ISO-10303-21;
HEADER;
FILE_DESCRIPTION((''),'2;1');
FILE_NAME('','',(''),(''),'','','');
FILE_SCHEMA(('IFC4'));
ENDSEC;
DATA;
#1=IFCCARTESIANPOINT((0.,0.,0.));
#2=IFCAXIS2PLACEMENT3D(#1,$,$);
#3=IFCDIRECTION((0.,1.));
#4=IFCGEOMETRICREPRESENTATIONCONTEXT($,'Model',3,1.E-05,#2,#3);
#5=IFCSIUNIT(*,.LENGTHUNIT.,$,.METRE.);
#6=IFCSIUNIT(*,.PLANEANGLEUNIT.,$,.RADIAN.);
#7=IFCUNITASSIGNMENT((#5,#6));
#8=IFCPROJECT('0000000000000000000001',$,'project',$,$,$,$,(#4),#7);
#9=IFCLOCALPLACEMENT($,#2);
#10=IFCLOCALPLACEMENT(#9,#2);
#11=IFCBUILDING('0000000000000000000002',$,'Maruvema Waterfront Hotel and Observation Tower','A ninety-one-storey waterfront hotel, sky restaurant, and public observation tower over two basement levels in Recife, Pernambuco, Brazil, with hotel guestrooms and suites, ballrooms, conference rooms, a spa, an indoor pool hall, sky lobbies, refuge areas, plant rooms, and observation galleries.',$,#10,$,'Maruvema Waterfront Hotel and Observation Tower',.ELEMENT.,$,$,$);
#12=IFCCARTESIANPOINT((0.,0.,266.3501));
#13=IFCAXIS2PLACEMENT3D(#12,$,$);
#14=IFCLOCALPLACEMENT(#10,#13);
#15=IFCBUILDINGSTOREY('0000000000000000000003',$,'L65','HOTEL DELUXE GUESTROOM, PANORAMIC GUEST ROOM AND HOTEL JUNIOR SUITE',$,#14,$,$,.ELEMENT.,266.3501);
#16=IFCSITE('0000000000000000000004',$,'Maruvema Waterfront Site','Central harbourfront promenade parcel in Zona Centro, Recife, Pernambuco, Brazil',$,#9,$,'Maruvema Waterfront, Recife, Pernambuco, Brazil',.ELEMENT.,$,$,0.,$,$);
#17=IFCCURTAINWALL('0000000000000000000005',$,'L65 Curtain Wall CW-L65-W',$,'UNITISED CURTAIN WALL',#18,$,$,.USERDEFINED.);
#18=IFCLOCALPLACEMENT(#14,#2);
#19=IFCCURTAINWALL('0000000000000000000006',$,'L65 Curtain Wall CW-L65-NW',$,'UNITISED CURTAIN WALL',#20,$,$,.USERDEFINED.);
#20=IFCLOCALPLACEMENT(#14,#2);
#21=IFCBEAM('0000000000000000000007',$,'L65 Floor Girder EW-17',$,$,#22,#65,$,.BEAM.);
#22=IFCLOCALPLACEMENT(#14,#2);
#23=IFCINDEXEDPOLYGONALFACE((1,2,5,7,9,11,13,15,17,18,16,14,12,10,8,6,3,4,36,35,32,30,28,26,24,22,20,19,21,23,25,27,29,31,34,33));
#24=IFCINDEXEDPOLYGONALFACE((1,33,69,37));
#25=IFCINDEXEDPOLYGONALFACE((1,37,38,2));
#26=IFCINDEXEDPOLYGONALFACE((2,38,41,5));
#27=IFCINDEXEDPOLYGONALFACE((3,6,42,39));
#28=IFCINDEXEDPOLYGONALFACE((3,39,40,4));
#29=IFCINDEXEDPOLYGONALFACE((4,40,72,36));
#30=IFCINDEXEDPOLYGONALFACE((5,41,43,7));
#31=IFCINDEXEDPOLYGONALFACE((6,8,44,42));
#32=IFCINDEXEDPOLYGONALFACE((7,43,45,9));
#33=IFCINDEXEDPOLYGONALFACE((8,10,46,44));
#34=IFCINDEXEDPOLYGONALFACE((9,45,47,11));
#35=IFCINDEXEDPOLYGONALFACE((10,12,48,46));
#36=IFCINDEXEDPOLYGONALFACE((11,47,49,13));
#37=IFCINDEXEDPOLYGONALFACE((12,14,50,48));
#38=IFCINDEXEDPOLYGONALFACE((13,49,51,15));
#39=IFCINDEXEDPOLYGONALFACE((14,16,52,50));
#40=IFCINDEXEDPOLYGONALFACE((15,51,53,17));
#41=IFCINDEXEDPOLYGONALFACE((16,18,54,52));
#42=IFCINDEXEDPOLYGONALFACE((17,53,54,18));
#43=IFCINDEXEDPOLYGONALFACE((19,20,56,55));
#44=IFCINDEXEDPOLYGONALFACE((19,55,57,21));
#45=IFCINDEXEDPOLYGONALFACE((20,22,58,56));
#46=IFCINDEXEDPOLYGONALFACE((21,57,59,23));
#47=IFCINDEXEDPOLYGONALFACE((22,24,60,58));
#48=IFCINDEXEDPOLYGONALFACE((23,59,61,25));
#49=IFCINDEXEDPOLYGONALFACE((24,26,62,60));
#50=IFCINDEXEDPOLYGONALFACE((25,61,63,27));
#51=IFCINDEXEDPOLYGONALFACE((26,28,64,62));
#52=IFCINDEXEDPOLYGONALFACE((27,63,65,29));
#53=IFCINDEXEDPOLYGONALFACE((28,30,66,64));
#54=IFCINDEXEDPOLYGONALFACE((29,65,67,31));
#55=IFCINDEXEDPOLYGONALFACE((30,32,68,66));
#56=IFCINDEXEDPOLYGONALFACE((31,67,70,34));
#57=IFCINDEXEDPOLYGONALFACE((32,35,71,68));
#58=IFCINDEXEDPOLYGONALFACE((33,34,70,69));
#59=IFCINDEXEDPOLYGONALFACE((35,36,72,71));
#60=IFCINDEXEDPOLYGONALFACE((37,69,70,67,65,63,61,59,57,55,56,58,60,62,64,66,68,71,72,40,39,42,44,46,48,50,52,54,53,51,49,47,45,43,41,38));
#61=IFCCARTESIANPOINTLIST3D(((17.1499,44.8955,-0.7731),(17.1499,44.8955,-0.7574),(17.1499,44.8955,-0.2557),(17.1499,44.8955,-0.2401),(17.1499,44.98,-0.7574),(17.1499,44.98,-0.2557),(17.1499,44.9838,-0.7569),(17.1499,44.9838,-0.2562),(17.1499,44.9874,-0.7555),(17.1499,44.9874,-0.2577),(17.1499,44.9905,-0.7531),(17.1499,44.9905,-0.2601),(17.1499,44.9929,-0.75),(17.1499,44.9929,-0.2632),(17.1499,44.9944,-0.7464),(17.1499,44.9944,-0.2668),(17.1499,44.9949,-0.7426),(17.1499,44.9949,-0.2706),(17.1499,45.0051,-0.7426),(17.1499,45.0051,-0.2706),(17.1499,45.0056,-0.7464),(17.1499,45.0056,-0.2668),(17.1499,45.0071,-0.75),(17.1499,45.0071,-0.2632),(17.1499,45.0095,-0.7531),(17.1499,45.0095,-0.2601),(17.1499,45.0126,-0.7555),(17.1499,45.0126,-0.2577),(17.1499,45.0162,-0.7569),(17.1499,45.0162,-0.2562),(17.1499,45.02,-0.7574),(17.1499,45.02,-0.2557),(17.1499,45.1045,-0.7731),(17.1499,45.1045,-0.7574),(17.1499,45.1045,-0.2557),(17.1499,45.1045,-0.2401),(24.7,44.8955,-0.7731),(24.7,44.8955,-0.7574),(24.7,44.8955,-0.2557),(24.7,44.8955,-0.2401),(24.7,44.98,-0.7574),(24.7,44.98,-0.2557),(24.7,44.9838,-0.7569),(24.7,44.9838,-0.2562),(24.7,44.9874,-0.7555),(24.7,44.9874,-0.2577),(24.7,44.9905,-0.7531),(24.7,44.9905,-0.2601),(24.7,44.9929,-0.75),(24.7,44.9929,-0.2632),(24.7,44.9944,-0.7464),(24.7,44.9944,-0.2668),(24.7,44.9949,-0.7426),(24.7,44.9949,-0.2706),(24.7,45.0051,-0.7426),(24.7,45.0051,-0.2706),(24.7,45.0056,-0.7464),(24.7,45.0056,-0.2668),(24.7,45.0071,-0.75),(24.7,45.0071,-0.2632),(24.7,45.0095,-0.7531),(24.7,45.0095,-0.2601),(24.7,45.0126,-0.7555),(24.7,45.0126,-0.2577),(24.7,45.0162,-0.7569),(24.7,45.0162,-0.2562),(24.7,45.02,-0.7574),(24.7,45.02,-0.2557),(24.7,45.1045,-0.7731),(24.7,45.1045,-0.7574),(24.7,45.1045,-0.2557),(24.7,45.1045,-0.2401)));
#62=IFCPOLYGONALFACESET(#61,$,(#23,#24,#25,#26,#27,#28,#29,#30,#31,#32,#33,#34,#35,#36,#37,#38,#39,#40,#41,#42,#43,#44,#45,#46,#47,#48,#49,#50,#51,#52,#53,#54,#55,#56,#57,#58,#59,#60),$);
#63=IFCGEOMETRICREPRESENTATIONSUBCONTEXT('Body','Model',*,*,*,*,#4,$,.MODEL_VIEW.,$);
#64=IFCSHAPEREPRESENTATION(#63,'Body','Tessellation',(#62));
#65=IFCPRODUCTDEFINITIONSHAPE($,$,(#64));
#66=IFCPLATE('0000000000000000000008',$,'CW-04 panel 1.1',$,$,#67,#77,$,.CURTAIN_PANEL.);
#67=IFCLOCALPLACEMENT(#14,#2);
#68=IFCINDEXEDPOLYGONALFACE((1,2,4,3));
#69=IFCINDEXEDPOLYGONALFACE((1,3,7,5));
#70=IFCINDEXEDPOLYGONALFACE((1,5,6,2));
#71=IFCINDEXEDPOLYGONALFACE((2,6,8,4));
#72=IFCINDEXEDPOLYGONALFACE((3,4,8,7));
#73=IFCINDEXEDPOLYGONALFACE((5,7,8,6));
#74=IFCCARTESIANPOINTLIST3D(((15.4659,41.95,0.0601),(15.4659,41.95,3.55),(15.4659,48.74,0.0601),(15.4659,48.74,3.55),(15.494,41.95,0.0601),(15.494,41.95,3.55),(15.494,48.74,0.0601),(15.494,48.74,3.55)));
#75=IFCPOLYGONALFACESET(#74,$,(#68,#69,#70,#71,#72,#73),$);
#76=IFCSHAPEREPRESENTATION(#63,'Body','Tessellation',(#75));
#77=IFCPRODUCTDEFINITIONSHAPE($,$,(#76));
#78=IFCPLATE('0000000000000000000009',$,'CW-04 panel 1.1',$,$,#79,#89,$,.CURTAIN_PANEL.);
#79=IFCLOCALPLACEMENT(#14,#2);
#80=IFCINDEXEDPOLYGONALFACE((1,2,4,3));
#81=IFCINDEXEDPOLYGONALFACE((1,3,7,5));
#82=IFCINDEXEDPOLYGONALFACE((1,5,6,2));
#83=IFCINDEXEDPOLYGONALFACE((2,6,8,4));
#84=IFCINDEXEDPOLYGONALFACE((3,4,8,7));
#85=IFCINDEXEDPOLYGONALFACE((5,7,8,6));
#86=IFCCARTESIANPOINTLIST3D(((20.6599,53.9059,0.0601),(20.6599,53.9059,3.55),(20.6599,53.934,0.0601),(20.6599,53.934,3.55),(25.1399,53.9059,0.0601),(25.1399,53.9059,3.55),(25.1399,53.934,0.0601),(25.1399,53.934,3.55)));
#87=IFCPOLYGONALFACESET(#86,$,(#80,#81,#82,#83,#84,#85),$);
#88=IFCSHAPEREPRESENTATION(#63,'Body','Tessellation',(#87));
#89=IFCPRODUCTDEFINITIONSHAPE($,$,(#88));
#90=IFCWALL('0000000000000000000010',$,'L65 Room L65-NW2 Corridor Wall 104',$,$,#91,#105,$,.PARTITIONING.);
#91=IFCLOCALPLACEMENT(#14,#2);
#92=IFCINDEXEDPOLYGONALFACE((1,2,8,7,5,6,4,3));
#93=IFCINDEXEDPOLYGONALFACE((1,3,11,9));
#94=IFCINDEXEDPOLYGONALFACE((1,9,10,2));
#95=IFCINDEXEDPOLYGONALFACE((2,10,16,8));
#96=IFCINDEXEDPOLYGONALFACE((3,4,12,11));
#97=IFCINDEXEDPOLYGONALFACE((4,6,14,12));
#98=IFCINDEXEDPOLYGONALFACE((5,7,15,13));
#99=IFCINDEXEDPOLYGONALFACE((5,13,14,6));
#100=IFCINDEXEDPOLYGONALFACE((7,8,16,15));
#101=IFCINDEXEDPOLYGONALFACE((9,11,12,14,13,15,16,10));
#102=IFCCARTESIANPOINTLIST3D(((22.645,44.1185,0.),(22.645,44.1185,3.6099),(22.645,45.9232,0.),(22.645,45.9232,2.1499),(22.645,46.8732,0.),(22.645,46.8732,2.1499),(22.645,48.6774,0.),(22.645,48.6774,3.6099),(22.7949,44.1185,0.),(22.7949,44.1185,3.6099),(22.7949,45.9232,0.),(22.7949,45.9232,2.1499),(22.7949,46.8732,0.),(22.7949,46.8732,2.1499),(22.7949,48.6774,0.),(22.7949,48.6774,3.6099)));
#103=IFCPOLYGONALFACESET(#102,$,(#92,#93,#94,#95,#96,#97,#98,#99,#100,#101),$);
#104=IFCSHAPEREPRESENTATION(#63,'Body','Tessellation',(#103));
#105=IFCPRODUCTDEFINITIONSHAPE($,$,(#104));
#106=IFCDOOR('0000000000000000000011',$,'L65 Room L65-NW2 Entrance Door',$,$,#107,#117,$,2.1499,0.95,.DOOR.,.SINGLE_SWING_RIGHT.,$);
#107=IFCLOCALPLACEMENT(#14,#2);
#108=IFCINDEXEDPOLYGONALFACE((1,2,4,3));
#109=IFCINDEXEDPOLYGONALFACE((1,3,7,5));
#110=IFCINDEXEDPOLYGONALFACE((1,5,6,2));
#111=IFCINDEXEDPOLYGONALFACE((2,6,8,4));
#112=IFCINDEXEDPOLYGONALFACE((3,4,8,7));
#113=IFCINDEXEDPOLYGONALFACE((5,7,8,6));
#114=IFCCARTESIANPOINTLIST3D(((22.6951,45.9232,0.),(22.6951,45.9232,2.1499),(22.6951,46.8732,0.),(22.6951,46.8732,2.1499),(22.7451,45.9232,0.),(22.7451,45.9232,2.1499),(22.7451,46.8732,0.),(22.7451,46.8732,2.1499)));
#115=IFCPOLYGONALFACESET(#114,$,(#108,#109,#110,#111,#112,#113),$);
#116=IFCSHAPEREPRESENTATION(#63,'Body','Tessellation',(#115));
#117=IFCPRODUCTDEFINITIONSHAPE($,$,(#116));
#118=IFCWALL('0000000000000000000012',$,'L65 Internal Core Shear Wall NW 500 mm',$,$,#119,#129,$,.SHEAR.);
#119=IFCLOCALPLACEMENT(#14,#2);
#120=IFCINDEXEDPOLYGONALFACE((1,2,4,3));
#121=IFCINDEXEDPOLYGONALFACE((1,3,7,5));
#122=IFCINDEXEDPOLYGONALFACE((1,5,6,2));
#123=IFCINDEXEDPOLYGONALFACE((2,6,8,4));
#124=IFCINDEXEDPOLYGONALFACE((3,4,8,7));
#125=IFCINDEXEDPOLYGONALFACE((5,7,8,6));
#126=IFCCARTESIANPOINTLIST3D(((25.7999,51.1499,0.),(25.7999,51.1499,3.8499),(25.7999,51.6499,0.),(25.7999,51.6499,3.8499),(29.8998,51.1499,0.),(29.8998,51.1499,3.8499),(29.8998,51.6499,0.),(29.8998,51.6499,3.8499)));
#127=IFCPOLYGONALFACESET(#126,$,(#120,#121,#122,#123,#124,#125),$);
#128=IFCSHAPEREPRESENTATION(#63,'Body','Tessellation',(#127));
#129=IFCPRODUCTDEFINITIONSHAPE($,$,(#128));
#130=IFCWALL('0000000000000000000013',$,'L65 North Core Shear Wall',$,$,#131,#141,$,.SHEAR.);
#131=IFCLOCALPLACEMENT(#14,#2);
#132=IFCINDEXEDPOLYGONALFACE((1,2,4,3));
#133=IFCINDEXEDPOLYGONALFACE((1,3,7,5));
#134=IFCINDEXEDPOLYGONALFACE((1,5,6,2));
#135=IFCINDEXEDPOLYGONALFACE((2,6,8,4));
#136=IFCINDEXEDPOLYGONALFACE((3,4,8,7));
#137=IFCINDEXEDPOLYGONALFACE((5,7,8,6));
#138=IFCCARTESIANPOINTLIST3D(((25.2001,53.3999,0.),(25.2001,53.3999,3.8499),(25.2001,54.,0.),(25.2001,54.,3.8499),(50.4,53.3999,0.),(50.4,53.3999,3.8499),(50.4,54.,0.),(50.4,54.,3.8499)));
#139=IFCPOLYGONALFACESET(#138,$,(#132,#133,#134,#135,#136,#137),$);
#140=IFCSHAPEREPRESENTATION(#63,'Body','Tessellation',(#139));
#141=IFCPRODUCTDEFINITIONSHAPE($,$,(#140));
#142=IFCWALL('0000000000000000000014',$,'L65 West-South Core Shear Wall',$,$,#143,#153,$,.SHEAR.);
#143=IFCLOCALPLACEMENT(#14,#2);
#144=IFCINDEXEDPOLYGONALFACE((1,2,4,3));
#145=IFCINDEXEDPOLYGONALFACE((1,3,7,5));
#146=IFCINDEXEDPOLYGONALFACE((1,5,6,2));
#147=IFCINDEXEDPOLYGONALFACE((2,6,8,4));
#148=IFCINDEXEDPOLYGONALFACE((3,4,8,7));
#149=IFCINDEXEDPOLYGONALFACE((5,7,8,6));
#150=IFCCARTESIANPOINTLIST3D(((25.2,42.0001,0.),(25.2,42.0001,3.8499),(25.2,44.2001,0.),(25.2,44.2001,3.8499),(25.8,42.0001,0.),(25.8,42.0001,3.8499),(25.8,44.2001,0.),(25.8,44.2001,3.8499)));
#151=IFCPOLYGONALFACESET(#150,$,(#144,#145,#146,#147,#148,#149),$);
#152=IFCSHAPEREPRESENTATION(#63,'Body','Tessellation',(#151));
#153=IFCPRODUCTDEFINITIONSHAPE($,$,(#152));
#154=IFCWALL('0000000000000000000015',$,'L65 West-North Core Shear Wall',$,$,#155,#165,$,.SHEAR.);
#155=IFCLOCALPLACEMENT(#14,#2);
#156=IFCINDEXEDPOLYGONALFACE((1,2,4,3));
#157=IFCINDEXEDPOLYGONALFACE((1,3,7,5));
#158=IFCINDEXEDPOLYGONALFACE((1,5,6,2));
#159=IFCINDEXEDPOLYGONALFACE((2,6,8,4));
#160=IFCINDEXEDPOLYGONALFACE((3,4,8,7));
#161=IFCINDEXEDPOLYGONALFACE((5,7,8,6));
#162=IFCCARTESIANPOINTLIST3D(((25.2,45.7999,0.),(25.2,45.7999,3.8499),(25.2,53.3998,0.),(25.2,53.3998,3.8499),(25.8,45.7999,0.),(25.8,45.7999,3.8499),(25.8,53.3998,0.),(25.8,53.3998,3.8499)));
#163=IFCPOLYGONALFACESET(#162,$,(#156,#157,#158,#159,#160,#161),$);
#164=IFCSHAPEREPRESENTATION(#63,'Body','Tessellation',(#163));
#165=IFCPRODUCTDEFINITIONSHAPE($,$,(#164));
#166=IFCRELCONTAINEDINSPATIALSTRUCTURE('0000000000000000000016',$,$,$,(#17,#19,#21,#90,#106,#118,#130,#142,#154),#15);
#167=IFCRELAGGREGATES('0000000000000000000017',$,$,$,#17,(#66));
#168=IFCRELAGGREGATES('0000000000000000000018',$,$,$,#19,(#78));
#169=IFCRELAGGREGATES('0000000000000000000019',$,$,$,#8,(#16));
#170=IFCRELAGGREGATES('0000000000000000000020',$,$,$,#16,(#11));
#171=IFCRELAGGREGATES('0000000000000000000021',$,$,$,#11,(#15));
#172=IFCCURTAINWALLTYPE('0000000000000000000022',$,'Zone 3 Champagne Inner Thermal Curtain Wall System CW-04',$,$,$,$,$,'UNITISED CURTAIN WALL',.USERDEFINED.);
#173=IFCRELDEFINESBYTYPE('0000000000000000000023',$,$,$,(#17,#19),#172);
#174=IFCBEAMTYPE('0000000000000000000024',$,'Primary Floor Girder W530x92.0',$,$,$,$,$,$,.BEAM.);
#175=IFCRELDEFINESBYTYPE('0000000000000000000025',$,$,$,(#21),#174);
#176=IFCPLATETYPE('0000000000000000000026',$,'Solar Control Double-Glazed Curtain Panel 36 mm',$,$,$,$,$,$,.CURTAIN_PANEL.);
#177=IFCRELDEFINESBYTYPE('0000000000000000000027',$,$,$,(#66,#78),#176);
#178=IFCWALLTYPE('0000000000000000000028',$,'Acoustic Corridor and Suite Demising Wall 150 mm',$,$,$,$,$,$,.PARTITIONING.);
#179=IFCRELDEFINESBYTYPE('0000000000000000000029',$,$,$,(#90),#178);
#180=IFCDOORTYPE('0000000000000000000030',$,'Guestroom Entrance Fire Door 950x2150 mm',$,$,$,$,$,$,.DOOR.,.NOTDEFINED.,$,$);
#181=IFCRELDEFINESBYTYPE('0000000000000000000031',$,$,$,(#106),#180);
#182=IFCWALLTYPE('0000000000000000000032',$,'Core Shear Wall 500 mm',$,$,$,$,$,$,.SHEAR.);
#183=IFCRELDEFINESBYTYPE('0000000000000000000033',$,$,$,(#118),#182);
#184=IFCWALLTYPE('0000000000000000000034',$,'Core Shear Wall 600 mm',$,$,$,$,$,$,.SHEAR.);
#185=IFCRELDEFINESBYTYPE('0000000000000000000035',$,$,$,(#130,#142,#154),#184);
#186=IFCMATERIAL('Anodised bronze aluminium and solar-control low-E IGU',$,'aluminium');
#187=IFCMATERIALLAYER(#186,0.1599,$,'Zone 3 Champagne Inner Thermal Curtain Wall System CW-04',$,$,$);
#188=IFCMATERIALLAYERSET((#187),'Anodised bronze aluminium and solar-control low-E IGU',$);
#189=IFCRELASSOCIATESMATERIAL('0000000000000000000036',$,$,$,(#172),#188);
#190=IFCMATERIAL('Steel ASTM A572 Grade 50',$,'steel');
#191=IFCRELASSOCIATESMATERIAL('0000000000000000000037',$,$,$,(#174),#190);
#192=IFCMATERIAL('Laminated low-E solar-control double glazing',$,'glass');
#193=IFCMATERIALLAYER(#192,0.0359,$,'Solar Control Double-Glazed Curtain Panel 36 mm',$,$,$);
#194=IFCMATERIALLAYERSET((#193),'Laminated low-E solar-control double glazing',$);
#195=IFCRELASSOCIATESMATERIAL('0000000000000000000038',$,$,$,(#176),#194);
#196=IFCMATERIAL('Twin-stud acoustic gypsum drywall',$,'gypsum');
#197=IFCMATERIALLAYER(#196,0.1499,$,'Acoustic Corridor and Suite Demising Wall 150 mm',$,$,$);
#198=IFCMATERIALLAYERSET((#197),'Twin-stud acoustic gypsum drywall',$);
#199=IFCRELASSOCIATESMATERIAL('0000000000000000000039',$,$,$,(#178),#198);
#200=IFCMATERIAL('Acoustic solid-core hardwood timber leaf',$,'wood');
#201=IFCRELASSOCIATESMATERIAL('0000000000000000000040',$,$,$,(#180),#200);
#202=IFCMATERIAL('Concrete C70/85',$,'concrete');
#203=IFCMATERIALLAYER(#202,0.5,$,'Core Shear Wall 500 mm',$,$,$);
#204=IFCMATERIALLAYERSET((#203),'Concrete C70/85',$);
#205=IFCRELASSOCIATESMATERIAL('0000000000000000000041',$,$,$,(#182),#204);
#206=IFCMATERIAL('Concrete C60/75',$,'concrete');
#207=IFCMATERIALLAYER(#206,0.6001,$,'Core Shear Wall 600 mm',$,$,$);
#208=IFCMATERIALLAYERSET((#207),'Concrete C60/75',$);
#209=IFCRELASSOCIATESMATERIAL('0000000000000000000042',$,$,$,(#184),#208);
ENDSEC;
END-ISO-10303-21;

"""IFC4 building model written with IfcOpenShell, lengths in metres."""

from ifc_helpers import new_model, si_unit, direction, frame, frame_2d, origin, origin_2d, place, context, subcontext, project, spatial, rectangle, i_section, extrude, material, layer, layer_set, material_profile, profile_set, type_object, element, fill, aggregate, save


model = new_model("IFC4")

# Units and contexts
model_context = context("Model", 3, precision=1e-05, world=origin(), true_north=direction((0.0, 1.0)))
body_context = subcontext(model_context, "Body", "Model", "MODEL_VIEW")
ifc_project = project(units=[si_unit("LENGTHUNIT", "METRE"), si_unit("PLANEANGLEUNIT", "RADIAN")], contexts=[model_context])

# Site, building, storey
site_placement = place(None, origin())
site = spatial("IfcSite", under=ifc_project, at=site_placement, Name="Maruvema Waterfront Site", Description="Central harbourfront promenade parcel in Zona Centro, Recife, Pernambuco, Brazil", LongName="Maruvema Waterfront, Recife, Pernambuco, Brazil", CompositionType="ELEMENT", RefElevation=0.0)
building_placement = place(site_placement, origin())
building = spatial("IfcBuilding", under=site, at=building_placement, Name="Maruvema Waterfront Hotel and Observation Tower", Description="A ninety-one-storey waterfront hotel, sky restaurant, and public observation tower over two basement levels in Recife, Pernambuco, Brazil, with hotel guestrooms and suites, ballrooms, conference rooms, a spa, an indoor pool hall, sky lobbies, refuge areas, plant rooms, and observation galleries.", LongName="Maruvema Waterfront Hotel and Observation Tower", CompositionType="ELEMENT")
storey_placement = place(building_placement, frame((0.0, 0.0, 266.3501)))
storey = spatial("IfcBuildingStorey", under=building, at=storey_placement, Name="L65", Description="HOTEL DELUXE GUESTROOM, PANORAMIC GUEST ROOM AND HOTEL JUNIOR SUITE", CompositionType="ELEMENT", Elevation=266.3501)

# Curtain walls
ifc_material_1 = material(Name="Anodised bronze aluminium and solar-control low-E IGU", Category="aluminium")
ifc_layer_1 = layer(ifc_material_1, 0.1599, Name="Zone 3 Champagne Inner Thermal Curtain Wall System CW-04")
ifc_layer_set_1 = layer_set([ifc_layer_1], Name="Anodised bronze aluminium and solar-control low-E IGU")
curtain_wall_type = type_object("IfcCurtainWallType", Name="Zone 3 Champagne Inner Thermal Curtain Wall System CW-04", ElementType="UNITISED CURTAIN WALL", PredefinedType="USERDEFINED", material=ifc_layer_set_1)
curtain_wall_1_placement = place(storey_placement, origin())
curtain_wall_1 = element("IfcCurtainWall", 1, at=curtain_wall_1_placement, inside=storey, type_object=curtain_wall_type, Name="L65 Curtain Wall CW-L65-W", ObjectType="UNITISED CURTAIN WALL", PredefinedType="USERDEFINED")
curtain_wall_2_placement = place(storey_placement, origin())
curtain_wall_2 = element("IfcCurtainWall", 2, at=curtain_wall_2_placement, inside=storey, type_object=curtain_wall_type, Name="L65 Curtain Wall CW-L65-NW", ObjectType="UNITISED CURTAIN WALL", PredefinedType="USERDEFINED")

# Beam
ifc_material_2 = material(Name="Steel ASTM A572 Grade 50", Category="steel")
ifc_material_profile_1 = material_profile(ifc_material_2, i_section(OverallWidth=0.209, OverallDepth=0.533, WebThickness=0.0103, FlangeThickness=0.0156, FilletRadius=0.0149, at=origin_2d()), Name="W530x92.0")
ifc_profile_set_1 = profile_set([ifc_material_profile_1], Name="Steel ASTM A572 Grade 50")
beam_type = type_object("IfcBeamType", Name="Primary Floor Girder W530x92.0", PredefinedType="BEAM", material=ifc_profile_set_1)
beam_placement = place(storey_placement, frame((17.1499, 45.0, -0.5066), z_axis=(1.0, 0.0, 0.0), x_axis=(0.0, 1.0, 0.0)))
element("IfcBeam", 3, at=beam_placement, inside=storey, type_object=beam_type, Name="L65 Floor Girder EW-17", PredefinedType="BEAM", context=body_context, shape_type="SweptSolid", body=[
    extrude(i_section(OverallWidth=0.209, OverallDepth=0.533, WebThickness=0.0103, FlangeThickness=0.0156, FilletRadius=0.0149, at=origin_2d()), origin(), (0.0, 0.0, 1.0), 7.55),
])

# Plates
ifc_material_3 = material(Name="Laminated low-E solar-control double glazing", Category="glass")
ifc_layer_2 = layer(ifc_material_3, 0.0359, Name="Solar Control Double-Glazed Curtain Panel 36 mm")
ifc_layer_set_2 = layer_set([ifc_layer_2], Name="Laminated low-E solar-control double glazing")
plate_type = type_object("IfcPlateType", Name="Solar Control Double-Glazed Curtain Panel 36 mm", PredefinedType="CURTAIN_PANEL", material=ifc_layer_set_2)
plate_1_placement = place(storey_placement, frame((15.48, 45.345, 0.0601), z_axis=(0.0, 0.0, 1.0), x_axis=(0.0, -1.0, 0.0)))
plate_1 = element("IfcPlate", 4, at=plate_1_placement, type_object=plate_type, Name="CW-04 panel 1.1", PredefinedType="CURTAIN_PANEL", context=body_context, shape_type="SweptSolid", body=[
    extrude(rectangle(XDim=6.79, YDim=0.0281, at=origin_2d()), origin(), (0.0, 0.0, 1.0), 3.49),
])
aggregate(curtain_wall_1, [plate_1])
plate_2_placement = place(storey_placement, frame((22.8999, 53.9199, 0.0601), z_axis=(0.0, 0.0, 1.0), x_axis=(-1.0, 0.0, 0.0)))
plate_2 = element("IfcPlate", 5, at=plate_2_placement, type_object=plate_type, Name="CW-04 panel 1.1", PredefinedType="CURTAIN_PANEL", context=body_context, shape_type="SweptSolid", body=[
    extrude(rectangle(XDim=4.48, YDim=0.0281, at=origin_2d()), origin(), (0.0, 0.0, 1.0), 3.49),
])
aggregate(curtain_wall_2, [plate_2])

# Wall, opening, door
ifc_material_4 = material(Name="Twin-stud acoustic gypsum drywall", Category="gypsum")
ifc_layer_3 = layer(ifc_material_4, 0.1499, Name="Acoustic Corridor and Suite Demising Wall 150 mm")
ifc_layer_set_3 = layer_set([ifc_layer_3], Name="Twin-stud acoustic gypsum drywall")
wall_type_1 = type_object("IfcWallType", Name="Acoustic Corridor and Suite Demising Wall 150 mm", PredefinedType="PARTITIONING", material=ifc_layer_set_3)
wall_1_placement = place(storey_placement, frame((22.72, 44.1187, 0.0), z_axis=(0.0, 0.0, 1.0), x_axis=(0.0, 1.0, 0.0)))
wall_1 = element("IfcWall", 6, at=wall_1_placement, inside=storey, type_object=wall_type_1, Name="L65 Room L65-NW2 Corridor Wall 104", PredefinedType="PARTITIONING", context=body_context, shape_type="SweptSolid", body=[
    extrude(rectangle(XDim=4.5588, YDim=0.1499, at=frame_2d((2.2793, 0.0))), origin(), (0.0, 0.0, 1.0), 3.6099),
])
opening_1_placement = place(wall_1_placement, frame((1.8044, 0.0, 0.0)))
opening_1 = element("IfcOpeningElement", 7, at=opening_1_placement, cuts=wall_1, PredefinedType="OPENING", context=body_context, shape_type="SweptSolid", body=[
    extrude(rectangle(XDim=0.95, YDim=2.1499, at=frame_2d((0.4751, 1.075))), frame((0.0, 0.085, 0.0), z_axis=(0.0, -1.0, 0.0), x_axis=(1.0, 0.0, 0.0)), (0.0, 0.0, 1.0), 0.1699),
])
ifc_material_5 = material(Name="Acoustic solid-core hardwood timber leaf", Category="wood")
door_type_1 = type_object("IfcDoorType", Name="Guestroom Entrance Fire Door 950x2150 mm", OperationType="NOTDEFINED", PredefinedType="DOOR", material=ifc_material_5)
door_1_placement = place(opening_1_placement, origin())
door_1 = element("IfcDoor", 8, at=door_1_placement, inside=storey, type_object=door_type_1, Name="L65 Room L65-NW2 Entrance Door", OperationType="SINGLE_SWING_RIGHT", OverallHeight=2.1499, OverallWidth=0.95, PredefinedType="DOOR", context=body_context, shape_type="SweptSolid", body=[
    extrude(rectangle(XDim=0.95, YDim=2.1499, at=frame_2d((0.4751, 1.075))), frame((0.0, 0.0249, 0.0), z_axis=(0.0, -1.0, 0.0), x_axis=(1.0, 0.0, 0.0)), (0.0, 0.0, 1.0), 0.05),
])
fill(opening_1, door_1)

# Walls
ifc_material_6 = material(Name="Concrete C70/85", Category="concrete")
ifc_layer_4 = layer(ifc_material_6, 0.5, Name="Core Shear Wall 500 mm")
ifc_layer_set_4 = layer_set([ifc_layer_4], Name="Concrete C70/85")
wall_type_2 = type_object("IfcWallType", Name="Core Shear Wall 500 mm", PredefinedType="SHEAR", material=ifc_layer_set_4)
wall_2_placement = place(storey_placement, frame((25.8, 51.3999, 0.0), z_axis=(0.0, 0.0, 1.0), x_axis=(1.0, 0.0, 0.0)))
element("IfcWall", 9, at=wall_2_placement, inside=storey, type_object=wall_type_2, Name="L65 Internal Core Shear Wall NW 500 mm", PredefinedType="SHEAR", context=body_context, shape_type="SweptSolid", body=[
    extrude(rectangle(XDim=4.0999, YDim=0.5, at=frame_2d((2.0498, 0.0))), origin(), (0.0, 0.0, 1.0), 3.8499),
])
ifc_material_7 = material(Name="Concrete C60/75", Category="concrete")
ifc_layer_5 = layer(ifc_material_7, 0.6001, Name="Core Shear Wall 600 mm")
ifc_layer_set_5 = layer_set([ifc_layer_5], Name="Concrete C60/75")
wall_type_3 = type_object("IfcWallType", Name="Core Shear Wall 600 mm", PredefinedType="SHEAR", material=ifc_layer_set_5)
wall_3_placement = place(storey_placement, frame((25.2, 53.7, 0.0), z_axis=(0.0, 0.0, 1.0), x_axis=(1.0, 0.0, 0.0)))
element("IfcWall", 10, at=wall_3_placement, inside=storey, type_object=wall_type_3, Name="L65 North Core Shear Wall", PredefinedType="SHEAR", context=body_context, shape_type="SweptSolid", body=[
    extrude(rectangle(XDim=25.2, YDim=0.6001, at=frame_2d((12.6001, 0.0))), origin(), (0.0, 0.0, 1.0), 3.8499),
])
wall_4_placement = place(storey_placement, frame((25.5, 42.0, 0.0), z_axis=(0.0, 0.0, 1.0), x_axis=(0.0, 1.0, 0.0)))
element("IfcWall", 11, at=wall_4_placement, inside=storey, type_object=wall_type_3, Name="L65 West-South Core Shear Wall", PredefinedType="SHEAR", context=body_context, shape_type="SweptSolid", body=[
    extrude(rectangle(XDim=2.2, YDim=0.6001, at=frame_2d((1.1001, 0.0))), origin(), (0.0, 0.0, 1.0), 3.8499),
])
wall_5_placement = place(storey_placement, frame((25.5, 45.8, 0.0), z_axis=(0.0, 0.0, 1.0), x_axis=(0.0, 1.0, 0.0)))
element("IfcWall", 12, at=wall_5_placement, inside=storey, type_object=wall_type_3, Name="L65 West-North Core Shear Wall", PredefinedType="SHEAR", context=body_context, shape_type="SweptSolid", body=[
    extrude(rectangle(XDim=7.5999, YDim=0.6001, at=frame_2d((3.7998, 0.0))), origin(), (0.0, 0.0, 1.0), 3.8499),
])

save(model, "model.ifc")
